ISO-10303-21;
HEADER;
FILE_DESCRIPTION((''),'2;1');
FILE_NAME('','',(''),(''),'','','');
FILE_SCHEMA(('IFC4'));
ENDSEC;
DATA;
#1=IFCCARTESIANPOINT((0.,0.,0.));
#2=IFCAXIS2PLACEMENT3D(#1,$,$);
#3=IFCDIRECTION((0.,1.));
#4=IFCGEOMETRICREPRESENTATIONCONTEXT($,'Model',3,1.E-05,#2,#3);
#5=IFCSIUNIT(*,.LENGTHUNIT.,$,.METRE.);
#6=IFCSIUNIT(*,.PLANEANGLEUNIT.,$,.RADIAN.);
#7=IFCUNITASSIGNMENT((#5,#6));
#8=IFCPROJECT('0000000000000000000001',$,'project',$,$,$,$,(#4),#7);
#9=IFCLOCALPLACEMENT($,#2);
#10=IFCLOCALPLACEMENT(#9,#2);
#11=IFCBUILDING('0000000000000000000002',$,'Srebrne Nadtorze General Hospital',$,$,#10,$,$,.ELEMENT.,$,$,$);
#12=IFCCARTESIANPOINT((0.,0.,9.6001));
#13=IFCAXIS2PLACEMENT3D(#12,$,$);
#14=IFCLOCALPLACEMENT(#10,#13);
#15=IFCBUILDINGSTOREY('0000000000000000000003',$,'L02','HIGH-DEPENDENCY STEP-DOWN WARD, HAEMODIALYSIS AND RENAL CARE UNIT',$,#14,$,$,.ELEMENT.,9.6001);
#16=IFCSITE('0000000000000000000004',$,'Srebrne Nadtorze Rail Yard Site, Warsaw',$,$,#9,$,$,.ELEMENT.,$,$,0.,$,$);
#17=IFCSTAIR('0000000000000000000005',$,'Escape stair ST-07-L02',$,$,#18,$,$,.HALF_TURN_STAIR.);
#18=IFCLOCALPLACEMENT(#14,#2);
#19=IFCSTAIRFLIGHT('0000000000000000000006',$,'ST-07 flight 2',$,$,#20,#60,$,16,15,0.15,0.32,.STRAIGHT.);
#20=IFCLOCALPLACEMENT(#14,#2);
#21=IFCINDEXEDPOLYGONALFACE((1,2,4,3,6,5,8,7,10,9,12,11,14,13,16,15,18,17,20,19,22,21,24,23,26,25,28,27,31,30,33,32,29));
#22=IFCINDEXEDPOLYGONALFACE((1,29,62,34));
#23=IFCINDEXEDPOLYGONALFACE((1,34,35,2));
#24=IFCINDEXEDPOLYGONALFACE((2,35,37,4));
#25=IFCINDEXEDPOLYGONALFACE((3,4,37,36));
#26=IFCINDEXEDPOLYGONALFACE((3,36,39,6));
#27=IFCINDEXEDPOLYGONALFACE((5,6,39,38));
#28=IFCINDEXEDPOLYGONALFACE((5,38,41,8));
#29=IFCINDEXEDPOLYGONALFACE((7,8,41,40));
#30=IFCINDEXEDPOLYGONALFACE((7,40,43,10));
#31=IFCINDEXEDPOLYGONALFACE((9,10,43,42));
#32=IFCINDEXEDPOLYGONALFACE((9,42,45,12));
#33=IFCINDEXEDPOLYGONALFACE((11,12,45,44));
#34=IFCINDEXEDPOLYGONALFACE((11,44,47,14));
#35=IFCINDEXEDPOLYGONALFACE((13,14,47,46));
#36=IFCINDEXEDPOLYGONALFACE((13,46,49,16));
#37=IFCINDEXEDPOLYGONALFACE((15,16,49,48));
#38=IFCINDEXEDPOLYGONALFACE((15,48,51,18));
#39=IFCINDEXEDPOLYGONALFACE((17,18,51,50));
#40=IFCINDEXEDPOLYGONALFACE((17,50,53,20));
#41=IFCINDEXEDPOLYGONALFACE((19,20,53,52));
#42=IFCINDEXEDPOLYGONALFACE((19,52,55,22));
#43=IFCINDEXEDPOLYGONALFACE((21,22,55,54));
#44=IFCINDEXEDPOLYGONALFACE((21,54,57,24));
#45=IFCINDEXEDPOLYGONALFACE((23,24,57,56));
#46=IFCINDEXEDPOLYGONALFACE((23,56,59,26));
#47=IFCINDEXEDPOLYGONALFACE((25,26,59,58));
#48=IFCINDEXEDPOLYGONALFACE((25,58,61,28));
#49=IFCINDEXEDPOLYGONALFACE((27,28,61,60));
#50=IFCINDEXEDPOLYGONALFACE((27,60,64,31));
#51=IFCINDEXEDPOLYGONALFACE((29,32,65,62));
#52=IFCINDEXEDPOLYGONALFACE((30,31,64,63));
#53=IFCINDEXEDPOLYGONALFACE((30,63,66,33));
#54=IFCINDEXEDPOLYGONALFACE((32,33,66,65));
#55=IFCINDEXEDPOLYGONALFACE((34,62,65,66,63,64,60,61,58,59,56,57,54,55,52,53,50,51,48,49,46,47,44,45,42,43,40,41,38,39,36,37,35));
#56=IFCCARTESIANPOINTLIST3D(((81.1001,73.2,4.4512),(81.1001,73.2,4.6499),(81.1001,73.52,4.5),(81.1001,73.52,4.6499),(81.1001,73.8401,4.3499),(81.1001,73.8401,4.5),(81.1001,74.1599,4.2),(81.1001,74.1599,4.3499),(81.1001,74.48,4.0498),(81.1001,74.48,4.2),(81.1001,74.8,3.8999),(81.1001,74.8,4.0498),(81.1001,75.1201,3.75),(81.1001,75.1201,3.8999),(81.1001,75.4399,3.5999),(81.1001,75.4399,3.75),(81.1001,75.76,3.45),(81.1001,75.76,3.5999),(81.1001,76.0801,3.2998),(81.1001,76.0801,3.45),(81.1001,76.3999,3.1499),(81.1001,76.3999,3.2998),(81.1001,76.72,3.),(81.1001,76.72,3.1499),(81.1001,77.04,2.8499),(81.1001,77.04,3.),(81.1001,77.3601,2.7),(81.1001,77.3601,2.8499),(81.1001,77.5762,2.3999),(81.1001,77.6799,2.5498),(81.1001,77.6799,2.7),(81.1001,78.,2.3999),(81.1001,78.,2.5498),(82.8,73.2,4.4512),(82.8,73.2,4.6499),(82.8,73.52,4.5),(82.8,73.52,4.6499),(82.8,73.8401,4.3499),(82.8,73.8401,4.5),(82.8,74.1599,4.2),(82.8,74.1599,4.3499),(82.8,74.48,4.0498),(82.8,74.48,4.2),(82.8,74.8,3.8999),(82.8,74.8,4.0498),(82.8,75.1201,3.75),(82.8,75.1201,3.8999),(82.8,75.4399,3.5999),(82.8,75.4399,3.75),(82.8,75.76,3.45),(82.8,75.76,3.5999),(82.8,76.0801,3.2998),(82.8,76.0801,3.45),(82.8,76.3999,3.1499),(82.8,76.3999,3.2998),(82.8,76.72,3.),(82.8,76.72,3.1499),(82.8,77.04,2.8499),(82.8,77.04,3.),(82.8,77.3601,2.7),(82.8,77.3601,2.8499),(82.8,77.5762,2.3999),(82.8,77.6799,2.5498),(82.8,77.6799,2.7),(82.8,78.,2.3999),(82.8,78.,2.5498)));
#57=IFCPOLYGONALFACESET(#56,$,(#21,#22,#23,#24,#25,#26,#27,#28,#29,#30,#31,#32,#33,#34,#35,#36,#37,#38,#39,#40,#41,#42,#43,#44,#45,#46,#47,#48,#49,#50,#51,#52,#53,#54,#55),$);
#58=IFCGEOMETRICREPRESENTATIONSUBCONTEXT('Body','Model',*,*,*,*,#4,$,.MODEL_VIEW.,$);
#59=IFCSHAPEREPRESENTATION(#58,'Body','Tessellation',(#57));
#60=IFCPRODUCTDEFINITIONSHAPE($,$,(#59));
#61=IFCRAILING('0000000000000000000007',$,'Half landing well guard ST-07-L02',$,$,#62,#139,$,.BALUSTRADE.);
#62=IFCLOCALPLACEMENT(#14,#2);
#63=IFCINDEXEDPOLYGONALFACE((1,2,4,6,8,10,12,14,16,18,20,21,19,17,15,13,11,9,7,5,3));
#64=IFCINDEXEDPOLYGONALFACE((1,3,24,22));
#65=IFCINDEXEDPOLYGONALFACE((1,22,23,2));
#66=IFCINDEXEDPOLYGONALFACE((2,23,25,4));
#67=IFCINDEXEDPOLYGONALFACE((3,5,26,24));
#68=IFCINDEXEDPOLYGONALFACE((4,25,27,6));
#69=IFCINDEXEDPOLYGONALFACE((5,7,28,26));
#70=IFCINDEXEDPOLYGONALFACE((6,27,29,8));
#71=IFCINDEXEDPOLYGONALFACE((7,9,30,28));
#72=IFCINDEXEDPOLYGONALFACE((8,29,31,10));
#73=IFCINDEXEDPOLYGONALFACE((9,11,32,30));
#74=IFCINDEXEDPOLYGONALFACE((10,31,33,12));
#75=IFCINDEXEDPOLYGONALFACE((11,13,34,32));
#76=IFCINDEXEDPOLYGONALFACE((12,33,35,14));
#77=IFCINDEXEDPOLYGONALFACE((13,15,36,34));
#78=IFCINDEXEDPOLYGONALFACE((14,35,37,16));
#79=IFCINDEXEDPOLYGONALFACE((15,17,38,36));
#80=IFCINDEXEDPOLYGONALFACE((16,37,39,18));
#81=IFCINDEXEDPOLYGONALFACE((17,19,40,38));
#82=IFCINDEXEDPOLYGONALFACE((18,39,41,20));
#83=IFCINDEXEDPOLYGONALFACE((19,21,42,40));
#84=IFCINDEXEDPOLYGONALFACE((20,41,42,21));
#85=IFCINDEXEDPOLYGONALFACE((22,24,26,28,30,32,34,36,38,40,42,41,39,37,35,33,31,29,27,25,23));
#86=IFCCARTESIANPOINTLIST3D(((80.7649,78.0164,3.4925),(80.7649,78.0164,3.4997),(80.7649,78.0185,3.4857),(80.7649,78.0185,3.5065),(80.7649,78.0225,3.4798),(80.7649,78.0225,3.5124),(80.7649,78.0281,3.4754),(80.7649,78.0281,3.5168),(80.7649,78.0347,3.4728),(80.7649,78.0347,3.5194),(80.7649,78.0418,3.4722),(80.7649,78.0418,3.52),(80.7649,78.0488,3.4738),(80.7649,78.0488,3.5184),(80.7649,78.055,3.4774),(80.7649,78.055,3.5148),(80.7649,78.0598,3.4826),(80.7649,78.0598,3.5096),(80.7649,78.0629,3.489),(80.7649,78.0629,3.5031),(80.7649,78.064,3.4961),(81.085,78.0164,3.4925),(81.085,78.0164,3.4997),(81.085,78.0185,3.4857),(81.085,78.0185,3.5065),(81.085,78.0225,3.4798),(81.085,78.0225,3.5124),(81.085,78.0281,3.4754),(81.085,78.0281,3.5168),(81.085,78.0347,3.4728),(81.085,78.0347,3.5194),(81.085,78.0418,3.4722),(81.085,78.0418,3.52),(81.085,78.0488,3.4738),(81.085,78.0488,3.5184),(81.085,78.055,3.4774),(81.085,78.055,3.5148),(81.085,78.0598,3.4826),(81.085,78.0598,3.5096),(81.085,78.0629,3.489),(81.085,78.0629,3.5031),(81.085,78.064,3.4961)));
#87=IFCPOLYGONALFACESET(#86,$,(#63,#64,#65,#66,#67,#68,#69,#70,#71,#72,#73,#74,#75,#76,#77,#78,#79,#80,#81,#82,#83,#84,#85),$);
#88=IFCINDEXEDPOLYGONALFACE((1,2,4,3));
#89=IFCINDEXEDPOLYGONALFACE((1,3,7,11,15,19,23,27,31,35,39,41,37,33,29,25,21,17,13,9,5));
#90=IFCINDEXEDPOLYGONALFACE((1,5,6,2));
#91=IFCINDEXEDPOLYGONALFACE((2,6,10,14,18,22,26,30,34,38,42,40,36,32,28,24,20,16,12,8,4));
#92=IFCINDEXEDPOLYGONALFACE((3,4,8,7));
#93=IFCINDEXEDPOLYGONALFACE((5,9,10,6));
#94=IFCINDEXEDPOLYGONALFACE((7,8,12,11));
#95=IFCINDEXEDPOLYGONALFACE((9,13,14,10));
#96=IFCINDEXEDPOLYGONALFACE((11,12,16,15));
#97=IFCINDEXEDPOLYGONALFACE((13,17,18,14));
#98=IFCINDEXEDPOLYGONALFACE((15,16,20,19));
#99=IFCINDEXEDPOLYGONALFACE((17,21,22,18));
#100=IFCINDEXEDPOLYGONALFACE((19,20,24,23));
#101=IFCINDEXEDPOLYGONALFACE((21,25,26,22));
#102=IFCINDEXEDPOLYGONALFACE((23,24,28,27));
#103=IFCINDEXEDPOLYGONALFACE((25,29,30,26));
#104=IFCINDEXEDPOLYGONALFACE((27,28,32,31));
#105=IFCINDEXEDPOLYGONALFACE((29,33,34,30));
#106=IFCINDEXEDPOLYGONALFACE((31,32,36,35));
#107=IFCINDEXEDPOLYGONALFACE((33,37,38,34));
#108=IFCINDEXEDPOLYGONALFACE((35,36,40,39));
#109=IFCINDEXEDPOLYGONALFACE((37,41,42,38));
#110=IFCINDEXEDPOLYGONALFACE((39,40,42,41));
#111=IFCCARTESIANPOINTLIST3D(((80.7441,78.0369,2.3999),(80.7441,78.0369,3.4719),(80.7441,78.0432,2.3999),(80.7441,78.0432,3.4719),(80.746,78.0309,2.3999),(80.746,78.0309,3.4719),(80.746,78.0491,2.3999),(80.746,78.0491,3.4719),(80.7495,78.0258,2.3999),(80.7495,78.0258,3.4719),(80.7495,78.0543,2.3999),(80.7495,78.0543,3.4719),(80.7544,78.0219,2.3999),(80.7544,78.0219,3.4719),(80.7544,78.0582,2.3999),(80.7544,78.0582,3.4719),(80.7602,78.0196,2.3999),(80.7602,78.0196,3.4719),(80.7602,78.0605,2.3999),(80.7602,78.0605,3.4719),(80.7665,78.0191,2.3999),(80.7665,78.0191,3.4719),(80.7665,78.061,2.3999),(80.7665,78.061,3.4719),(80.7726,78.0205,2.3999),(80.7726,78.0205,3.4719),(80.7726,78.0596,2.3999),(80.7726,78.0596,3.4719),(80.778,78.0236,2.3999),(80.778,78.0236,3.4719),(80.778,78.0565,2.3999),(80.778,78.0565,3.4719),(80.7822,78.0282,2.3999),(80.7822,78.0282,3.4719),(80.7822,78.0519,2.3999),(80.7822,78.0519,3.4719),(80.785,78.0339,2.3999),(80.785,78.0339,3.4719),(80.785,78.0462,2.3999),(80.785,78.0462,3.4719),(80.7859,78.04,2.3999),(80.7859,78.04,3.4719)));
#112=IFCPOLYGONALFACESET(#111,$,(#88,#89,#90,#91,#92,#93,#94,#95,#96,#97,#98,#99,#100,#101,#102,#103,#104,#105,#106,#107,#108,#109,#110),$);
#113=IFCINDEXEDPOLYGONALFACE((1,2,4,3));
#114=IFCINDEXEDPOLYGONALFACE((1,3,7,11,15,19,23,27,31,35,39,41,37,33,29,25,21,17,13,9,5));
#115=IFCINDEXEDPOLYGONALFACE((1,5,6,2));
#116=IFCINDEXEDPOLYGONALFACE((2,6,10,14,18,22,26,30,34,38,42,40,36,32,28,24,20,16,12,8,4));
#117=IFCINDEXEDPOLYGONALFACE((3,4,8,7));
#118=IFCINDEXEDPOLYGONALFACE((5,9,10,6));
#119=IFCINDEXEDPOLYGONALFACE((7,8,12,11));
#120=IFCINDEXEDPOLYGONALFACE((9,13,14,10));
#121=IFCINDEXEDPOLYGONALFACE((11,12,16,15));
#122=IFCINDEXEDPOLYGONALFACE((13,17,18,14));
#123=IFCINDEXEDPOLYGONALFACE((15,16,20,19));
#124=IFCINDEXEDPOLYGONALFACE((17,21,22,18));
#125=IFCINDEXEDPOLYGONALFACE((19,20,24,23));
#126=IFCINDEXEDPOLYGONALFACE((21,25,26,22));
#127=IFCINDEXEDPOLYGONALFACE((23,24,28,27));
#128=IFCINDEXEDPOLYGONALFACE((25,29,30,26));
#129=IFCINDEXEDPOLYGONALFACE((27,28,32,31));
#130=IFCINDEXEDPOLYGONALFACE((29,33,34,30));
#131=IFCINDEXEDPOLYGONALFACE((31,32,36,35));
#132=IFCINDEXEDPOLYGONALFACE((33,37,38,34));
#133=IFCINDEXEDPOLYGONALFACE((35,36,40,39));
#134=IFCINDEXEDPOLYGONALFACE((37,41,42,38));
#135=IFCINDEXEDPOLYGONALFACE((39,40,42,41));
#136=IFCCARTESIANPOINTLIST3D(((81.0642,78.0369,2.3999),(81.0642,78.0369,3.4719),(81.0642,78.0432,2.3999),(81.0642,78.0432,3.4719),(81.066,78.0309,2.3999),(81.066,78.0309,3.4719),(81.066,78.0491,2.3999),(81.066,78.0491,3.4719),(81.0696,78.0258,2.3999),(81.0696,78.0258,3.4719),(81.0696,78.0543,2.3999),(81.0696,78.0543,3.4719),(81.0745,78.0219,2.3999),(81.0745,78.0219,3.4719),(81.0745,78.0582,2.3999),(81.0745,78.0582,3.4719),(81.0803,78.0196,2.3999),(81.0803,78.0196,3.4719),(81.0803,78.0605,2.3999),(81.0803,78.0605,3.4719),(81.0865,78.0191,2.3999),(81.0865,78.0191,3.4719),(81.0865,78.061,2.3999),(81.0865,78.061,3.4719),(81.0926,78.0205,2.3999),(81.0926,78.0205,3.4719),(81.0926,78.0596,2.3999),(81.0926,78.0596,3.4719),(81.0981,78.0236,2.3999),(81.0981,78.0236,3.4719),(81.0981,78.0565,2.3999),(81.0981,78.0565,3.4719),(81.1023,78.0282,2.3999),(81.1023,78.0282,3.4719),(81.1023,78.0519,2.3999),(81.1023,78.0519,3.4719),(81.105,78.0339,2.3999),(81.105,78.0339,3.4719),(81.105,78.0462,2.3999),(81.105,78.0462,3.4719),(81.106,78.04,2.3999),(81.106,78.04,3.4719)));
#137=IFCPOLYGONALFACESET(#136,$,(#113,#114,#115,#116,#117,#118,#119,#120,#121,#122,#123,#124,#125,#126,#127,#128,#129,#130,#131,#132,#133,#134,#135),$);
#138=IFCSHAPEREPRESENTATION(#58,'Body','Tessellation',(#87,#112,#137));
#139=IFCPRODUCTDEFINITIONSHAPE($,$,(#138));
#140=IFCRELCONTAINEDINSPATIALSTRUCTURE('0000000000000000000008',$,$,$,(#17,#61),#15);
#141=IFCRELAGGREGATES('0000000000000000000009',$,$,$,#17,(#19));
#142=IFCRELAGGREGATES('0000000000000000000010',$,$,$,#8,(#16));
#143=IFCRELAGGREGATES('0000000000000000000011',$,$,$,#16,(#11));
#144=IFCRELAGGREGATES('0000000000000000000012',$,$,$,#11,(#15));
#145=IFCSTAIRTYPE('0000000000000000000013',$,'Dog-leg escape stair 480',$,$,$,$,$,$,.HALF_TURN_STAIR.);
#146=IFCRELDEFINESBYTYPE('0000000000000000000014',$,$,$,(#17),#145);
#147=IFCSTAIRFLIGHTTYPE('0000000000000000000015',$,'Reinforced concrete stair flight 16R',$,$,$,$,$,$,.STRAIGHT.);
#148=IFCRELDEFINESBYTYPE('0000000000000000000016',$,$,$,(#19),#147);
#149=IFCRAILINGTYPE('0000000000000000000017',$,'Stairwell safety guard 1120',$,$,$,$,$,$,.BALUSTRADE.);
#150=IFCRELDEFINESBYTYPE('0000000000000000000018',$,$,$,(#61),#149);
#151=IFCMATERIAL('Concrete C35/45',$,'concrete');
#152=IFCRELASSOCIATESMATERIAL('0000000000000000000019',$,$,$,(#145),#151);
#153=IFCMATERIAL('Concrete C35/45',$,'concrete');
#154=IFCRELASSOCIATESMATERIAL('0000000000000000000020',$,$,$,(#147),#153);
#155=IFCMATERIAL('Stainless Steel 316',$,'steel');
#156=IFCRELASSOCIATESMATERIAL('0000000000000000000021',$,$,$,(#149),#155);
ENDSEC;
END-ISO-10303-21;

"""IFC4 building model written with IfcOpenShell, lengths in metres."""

from ifc_helpers import new_model, si_unit, direction, frame, origin, origin_2d, place, context, subcontext, project, spatial, polyline, circle, outline, extrude, material, type_object, element, aggregate, save


model = new_model("IFC4")

# Units and contexts
model_context = context("Model", 3, precision=1e-05, world=origin(), true_north=direction((0.0, 1.0)))
body_context = subcontext(model_context, "Body", "Model", "MODEL_VIEW")
ifc_project = project(units=[si_unit("LENGTHUNIT", "METRE"), si_unit("PLANEANGLEUNIT", "RADIAN")], contexts=[model_context])

# Site, building, storey
site_placement = place(None, origin())
site = spatial("IfcSite", under=ifc_project, at=site_placement, Name="Srebrne Nadtorze Rail Yard Site, Warsaw", CompositionType="ELEMENT", RefElevation=0.0)
building_placement = place(site_placement, origin())
building = spatial("IfcBuilding", under=site, at=building_placement, Name="Srebrne Nadtorze General Hospital", CompositionType="ELEMENT")
storey_placement = place(building_placement, frame((0.0, 0.0, 9.6001)))
storey = spatial("IfcBuildingStorey", under=building, at=storey_placement, Name="L02", Description="HIGH-DEPENDENCY STEP-DOWN WARD, HAEMODIALYSIS AND RENAL CARE UNIT", CompositionType="ELEMENT", Elevation=9.6001)

# Stair, stair flight
ifc_material_1 = material(Name="Concrete C35/45", Category="concrete")
stair_type = type_object("IfcStairType", Name="Dog-leg escape stair 480", PredefinedType="HALF_TURN_STAIR", material=ifc_material_1)
stair_placement = place(storey_placement, origin())
stair = element("IfcStair", 1, at=stair_placement, inside=storey, type_object=stair_type, Name="Escape stair ST-07-L02", PredefinedType="HALF_TURN_STAIR")
ifc_material_2 = material(Name="Concrete C35/45", Category="concrete")
stair_flight_type = type_object("IfcStairFlightType", Name="Reinforced concrete stair flight 16R", PredefinedType="STRAIGHT", material=ifc_material_2)
stair_flight_placement = place(storey_placement, frame((81.95, 78.0, 2.3999), z_axis=(0.0, 0.0, 1.0), x_axis=(0.0, -1.0, 0.0)))
stair_flight = element("IfcStairFlight", 2, at=stair_flight_placement, type_object=stair_flight_type, Name="ST-07 flight 2", NumberOfRisers=16, NumberOfTreads=15, PredefinedType="STRAIGHT", RiserHeight=0.15, TreadLength=0.32, context=body_context, shape_type="SweptSolid", body=[
    extrude(outline(polyline([(0.0, 0.0), (0.0, 0.1499), (0.3201, 0.1499), (0.3201, 0.3), (0.6399, 0.3), (0.6399, 0.45), (0.96, 0.45), (0.96, 0.6001), (1.28, 0.6001), (1.28, 0.75), (1.6001, 0.75), (1.6001, 0.8999), (1.9199, 0.8999), (1.9199, 1.05), (2.24, 1.05), (2.24, 1.2), (2.5601, 1.2), (2.5601, 1.3501), (2.8799, 1.3501), (2.8799, 1.5), (3.2, 1.5), (3.2, 1.6499), (3.52, 1.6499), (3.52, 1.8), (3.8401, 1.8), (3.8401, 1.95), (4.1599, 1.95), (4.1599, 2.1001), (4.48, 2.1001), (4.48, 2.25), (4.8, 2.25), (4.8, 2.3999), (4.8, 2.0513), (0.4238, 0.0), (0.0, 0.0)])), frame((0.0, 0.8501, 0.0), z_axis=(0.0, -1.0, 0.0), x_axis=(1.0, 0.0, 0.0)), (0.0, 0.0, 1.0), 1.7),
])
aggregate(stair, [stair_flight])

# Railing
ifc_material_3 = material(Name="Stainless Steel 316", Category="steel")
railing_type_1 = type_object("IfcRailingType", Name="Stairwell safety guard 1120", PredefinedType="BALUSTRADE", material=ifc_material_3)
railing_1_placement = place(storey_placement, frame((80.7649, 78.04, 2.3999)))
element("IfcRailing", 3, at=railing_1_placement, inside=storey, type_object=railing_type_1, Name="Half landing well guard ST-07-L02", PredefinedType="BALUSTRADE", context=body_context, shape_type="SweptSolid", body=[
    extrude(circle(Radius=0.0239, at=origin_2d()), frame((0.0, 0.0, 1.0962), z_axis=(1.0, 0.0, 0.0), x_axis=(0.0, 1.0, 0.0)), (0.0, 0.0, 1.0), 0.3201),
    extrude(circle(Radius=0.021, at=origin_2d()), origin(), (0.0, 0.0, 1.0), 1.072),
    extrude(circle(Radius=0.021, at=origin_2d()), frame((0.3201, 0.0, 0.0)), (0.0, 0.0, 1.0), 1.072),
])

save(model, "model.ifc")
